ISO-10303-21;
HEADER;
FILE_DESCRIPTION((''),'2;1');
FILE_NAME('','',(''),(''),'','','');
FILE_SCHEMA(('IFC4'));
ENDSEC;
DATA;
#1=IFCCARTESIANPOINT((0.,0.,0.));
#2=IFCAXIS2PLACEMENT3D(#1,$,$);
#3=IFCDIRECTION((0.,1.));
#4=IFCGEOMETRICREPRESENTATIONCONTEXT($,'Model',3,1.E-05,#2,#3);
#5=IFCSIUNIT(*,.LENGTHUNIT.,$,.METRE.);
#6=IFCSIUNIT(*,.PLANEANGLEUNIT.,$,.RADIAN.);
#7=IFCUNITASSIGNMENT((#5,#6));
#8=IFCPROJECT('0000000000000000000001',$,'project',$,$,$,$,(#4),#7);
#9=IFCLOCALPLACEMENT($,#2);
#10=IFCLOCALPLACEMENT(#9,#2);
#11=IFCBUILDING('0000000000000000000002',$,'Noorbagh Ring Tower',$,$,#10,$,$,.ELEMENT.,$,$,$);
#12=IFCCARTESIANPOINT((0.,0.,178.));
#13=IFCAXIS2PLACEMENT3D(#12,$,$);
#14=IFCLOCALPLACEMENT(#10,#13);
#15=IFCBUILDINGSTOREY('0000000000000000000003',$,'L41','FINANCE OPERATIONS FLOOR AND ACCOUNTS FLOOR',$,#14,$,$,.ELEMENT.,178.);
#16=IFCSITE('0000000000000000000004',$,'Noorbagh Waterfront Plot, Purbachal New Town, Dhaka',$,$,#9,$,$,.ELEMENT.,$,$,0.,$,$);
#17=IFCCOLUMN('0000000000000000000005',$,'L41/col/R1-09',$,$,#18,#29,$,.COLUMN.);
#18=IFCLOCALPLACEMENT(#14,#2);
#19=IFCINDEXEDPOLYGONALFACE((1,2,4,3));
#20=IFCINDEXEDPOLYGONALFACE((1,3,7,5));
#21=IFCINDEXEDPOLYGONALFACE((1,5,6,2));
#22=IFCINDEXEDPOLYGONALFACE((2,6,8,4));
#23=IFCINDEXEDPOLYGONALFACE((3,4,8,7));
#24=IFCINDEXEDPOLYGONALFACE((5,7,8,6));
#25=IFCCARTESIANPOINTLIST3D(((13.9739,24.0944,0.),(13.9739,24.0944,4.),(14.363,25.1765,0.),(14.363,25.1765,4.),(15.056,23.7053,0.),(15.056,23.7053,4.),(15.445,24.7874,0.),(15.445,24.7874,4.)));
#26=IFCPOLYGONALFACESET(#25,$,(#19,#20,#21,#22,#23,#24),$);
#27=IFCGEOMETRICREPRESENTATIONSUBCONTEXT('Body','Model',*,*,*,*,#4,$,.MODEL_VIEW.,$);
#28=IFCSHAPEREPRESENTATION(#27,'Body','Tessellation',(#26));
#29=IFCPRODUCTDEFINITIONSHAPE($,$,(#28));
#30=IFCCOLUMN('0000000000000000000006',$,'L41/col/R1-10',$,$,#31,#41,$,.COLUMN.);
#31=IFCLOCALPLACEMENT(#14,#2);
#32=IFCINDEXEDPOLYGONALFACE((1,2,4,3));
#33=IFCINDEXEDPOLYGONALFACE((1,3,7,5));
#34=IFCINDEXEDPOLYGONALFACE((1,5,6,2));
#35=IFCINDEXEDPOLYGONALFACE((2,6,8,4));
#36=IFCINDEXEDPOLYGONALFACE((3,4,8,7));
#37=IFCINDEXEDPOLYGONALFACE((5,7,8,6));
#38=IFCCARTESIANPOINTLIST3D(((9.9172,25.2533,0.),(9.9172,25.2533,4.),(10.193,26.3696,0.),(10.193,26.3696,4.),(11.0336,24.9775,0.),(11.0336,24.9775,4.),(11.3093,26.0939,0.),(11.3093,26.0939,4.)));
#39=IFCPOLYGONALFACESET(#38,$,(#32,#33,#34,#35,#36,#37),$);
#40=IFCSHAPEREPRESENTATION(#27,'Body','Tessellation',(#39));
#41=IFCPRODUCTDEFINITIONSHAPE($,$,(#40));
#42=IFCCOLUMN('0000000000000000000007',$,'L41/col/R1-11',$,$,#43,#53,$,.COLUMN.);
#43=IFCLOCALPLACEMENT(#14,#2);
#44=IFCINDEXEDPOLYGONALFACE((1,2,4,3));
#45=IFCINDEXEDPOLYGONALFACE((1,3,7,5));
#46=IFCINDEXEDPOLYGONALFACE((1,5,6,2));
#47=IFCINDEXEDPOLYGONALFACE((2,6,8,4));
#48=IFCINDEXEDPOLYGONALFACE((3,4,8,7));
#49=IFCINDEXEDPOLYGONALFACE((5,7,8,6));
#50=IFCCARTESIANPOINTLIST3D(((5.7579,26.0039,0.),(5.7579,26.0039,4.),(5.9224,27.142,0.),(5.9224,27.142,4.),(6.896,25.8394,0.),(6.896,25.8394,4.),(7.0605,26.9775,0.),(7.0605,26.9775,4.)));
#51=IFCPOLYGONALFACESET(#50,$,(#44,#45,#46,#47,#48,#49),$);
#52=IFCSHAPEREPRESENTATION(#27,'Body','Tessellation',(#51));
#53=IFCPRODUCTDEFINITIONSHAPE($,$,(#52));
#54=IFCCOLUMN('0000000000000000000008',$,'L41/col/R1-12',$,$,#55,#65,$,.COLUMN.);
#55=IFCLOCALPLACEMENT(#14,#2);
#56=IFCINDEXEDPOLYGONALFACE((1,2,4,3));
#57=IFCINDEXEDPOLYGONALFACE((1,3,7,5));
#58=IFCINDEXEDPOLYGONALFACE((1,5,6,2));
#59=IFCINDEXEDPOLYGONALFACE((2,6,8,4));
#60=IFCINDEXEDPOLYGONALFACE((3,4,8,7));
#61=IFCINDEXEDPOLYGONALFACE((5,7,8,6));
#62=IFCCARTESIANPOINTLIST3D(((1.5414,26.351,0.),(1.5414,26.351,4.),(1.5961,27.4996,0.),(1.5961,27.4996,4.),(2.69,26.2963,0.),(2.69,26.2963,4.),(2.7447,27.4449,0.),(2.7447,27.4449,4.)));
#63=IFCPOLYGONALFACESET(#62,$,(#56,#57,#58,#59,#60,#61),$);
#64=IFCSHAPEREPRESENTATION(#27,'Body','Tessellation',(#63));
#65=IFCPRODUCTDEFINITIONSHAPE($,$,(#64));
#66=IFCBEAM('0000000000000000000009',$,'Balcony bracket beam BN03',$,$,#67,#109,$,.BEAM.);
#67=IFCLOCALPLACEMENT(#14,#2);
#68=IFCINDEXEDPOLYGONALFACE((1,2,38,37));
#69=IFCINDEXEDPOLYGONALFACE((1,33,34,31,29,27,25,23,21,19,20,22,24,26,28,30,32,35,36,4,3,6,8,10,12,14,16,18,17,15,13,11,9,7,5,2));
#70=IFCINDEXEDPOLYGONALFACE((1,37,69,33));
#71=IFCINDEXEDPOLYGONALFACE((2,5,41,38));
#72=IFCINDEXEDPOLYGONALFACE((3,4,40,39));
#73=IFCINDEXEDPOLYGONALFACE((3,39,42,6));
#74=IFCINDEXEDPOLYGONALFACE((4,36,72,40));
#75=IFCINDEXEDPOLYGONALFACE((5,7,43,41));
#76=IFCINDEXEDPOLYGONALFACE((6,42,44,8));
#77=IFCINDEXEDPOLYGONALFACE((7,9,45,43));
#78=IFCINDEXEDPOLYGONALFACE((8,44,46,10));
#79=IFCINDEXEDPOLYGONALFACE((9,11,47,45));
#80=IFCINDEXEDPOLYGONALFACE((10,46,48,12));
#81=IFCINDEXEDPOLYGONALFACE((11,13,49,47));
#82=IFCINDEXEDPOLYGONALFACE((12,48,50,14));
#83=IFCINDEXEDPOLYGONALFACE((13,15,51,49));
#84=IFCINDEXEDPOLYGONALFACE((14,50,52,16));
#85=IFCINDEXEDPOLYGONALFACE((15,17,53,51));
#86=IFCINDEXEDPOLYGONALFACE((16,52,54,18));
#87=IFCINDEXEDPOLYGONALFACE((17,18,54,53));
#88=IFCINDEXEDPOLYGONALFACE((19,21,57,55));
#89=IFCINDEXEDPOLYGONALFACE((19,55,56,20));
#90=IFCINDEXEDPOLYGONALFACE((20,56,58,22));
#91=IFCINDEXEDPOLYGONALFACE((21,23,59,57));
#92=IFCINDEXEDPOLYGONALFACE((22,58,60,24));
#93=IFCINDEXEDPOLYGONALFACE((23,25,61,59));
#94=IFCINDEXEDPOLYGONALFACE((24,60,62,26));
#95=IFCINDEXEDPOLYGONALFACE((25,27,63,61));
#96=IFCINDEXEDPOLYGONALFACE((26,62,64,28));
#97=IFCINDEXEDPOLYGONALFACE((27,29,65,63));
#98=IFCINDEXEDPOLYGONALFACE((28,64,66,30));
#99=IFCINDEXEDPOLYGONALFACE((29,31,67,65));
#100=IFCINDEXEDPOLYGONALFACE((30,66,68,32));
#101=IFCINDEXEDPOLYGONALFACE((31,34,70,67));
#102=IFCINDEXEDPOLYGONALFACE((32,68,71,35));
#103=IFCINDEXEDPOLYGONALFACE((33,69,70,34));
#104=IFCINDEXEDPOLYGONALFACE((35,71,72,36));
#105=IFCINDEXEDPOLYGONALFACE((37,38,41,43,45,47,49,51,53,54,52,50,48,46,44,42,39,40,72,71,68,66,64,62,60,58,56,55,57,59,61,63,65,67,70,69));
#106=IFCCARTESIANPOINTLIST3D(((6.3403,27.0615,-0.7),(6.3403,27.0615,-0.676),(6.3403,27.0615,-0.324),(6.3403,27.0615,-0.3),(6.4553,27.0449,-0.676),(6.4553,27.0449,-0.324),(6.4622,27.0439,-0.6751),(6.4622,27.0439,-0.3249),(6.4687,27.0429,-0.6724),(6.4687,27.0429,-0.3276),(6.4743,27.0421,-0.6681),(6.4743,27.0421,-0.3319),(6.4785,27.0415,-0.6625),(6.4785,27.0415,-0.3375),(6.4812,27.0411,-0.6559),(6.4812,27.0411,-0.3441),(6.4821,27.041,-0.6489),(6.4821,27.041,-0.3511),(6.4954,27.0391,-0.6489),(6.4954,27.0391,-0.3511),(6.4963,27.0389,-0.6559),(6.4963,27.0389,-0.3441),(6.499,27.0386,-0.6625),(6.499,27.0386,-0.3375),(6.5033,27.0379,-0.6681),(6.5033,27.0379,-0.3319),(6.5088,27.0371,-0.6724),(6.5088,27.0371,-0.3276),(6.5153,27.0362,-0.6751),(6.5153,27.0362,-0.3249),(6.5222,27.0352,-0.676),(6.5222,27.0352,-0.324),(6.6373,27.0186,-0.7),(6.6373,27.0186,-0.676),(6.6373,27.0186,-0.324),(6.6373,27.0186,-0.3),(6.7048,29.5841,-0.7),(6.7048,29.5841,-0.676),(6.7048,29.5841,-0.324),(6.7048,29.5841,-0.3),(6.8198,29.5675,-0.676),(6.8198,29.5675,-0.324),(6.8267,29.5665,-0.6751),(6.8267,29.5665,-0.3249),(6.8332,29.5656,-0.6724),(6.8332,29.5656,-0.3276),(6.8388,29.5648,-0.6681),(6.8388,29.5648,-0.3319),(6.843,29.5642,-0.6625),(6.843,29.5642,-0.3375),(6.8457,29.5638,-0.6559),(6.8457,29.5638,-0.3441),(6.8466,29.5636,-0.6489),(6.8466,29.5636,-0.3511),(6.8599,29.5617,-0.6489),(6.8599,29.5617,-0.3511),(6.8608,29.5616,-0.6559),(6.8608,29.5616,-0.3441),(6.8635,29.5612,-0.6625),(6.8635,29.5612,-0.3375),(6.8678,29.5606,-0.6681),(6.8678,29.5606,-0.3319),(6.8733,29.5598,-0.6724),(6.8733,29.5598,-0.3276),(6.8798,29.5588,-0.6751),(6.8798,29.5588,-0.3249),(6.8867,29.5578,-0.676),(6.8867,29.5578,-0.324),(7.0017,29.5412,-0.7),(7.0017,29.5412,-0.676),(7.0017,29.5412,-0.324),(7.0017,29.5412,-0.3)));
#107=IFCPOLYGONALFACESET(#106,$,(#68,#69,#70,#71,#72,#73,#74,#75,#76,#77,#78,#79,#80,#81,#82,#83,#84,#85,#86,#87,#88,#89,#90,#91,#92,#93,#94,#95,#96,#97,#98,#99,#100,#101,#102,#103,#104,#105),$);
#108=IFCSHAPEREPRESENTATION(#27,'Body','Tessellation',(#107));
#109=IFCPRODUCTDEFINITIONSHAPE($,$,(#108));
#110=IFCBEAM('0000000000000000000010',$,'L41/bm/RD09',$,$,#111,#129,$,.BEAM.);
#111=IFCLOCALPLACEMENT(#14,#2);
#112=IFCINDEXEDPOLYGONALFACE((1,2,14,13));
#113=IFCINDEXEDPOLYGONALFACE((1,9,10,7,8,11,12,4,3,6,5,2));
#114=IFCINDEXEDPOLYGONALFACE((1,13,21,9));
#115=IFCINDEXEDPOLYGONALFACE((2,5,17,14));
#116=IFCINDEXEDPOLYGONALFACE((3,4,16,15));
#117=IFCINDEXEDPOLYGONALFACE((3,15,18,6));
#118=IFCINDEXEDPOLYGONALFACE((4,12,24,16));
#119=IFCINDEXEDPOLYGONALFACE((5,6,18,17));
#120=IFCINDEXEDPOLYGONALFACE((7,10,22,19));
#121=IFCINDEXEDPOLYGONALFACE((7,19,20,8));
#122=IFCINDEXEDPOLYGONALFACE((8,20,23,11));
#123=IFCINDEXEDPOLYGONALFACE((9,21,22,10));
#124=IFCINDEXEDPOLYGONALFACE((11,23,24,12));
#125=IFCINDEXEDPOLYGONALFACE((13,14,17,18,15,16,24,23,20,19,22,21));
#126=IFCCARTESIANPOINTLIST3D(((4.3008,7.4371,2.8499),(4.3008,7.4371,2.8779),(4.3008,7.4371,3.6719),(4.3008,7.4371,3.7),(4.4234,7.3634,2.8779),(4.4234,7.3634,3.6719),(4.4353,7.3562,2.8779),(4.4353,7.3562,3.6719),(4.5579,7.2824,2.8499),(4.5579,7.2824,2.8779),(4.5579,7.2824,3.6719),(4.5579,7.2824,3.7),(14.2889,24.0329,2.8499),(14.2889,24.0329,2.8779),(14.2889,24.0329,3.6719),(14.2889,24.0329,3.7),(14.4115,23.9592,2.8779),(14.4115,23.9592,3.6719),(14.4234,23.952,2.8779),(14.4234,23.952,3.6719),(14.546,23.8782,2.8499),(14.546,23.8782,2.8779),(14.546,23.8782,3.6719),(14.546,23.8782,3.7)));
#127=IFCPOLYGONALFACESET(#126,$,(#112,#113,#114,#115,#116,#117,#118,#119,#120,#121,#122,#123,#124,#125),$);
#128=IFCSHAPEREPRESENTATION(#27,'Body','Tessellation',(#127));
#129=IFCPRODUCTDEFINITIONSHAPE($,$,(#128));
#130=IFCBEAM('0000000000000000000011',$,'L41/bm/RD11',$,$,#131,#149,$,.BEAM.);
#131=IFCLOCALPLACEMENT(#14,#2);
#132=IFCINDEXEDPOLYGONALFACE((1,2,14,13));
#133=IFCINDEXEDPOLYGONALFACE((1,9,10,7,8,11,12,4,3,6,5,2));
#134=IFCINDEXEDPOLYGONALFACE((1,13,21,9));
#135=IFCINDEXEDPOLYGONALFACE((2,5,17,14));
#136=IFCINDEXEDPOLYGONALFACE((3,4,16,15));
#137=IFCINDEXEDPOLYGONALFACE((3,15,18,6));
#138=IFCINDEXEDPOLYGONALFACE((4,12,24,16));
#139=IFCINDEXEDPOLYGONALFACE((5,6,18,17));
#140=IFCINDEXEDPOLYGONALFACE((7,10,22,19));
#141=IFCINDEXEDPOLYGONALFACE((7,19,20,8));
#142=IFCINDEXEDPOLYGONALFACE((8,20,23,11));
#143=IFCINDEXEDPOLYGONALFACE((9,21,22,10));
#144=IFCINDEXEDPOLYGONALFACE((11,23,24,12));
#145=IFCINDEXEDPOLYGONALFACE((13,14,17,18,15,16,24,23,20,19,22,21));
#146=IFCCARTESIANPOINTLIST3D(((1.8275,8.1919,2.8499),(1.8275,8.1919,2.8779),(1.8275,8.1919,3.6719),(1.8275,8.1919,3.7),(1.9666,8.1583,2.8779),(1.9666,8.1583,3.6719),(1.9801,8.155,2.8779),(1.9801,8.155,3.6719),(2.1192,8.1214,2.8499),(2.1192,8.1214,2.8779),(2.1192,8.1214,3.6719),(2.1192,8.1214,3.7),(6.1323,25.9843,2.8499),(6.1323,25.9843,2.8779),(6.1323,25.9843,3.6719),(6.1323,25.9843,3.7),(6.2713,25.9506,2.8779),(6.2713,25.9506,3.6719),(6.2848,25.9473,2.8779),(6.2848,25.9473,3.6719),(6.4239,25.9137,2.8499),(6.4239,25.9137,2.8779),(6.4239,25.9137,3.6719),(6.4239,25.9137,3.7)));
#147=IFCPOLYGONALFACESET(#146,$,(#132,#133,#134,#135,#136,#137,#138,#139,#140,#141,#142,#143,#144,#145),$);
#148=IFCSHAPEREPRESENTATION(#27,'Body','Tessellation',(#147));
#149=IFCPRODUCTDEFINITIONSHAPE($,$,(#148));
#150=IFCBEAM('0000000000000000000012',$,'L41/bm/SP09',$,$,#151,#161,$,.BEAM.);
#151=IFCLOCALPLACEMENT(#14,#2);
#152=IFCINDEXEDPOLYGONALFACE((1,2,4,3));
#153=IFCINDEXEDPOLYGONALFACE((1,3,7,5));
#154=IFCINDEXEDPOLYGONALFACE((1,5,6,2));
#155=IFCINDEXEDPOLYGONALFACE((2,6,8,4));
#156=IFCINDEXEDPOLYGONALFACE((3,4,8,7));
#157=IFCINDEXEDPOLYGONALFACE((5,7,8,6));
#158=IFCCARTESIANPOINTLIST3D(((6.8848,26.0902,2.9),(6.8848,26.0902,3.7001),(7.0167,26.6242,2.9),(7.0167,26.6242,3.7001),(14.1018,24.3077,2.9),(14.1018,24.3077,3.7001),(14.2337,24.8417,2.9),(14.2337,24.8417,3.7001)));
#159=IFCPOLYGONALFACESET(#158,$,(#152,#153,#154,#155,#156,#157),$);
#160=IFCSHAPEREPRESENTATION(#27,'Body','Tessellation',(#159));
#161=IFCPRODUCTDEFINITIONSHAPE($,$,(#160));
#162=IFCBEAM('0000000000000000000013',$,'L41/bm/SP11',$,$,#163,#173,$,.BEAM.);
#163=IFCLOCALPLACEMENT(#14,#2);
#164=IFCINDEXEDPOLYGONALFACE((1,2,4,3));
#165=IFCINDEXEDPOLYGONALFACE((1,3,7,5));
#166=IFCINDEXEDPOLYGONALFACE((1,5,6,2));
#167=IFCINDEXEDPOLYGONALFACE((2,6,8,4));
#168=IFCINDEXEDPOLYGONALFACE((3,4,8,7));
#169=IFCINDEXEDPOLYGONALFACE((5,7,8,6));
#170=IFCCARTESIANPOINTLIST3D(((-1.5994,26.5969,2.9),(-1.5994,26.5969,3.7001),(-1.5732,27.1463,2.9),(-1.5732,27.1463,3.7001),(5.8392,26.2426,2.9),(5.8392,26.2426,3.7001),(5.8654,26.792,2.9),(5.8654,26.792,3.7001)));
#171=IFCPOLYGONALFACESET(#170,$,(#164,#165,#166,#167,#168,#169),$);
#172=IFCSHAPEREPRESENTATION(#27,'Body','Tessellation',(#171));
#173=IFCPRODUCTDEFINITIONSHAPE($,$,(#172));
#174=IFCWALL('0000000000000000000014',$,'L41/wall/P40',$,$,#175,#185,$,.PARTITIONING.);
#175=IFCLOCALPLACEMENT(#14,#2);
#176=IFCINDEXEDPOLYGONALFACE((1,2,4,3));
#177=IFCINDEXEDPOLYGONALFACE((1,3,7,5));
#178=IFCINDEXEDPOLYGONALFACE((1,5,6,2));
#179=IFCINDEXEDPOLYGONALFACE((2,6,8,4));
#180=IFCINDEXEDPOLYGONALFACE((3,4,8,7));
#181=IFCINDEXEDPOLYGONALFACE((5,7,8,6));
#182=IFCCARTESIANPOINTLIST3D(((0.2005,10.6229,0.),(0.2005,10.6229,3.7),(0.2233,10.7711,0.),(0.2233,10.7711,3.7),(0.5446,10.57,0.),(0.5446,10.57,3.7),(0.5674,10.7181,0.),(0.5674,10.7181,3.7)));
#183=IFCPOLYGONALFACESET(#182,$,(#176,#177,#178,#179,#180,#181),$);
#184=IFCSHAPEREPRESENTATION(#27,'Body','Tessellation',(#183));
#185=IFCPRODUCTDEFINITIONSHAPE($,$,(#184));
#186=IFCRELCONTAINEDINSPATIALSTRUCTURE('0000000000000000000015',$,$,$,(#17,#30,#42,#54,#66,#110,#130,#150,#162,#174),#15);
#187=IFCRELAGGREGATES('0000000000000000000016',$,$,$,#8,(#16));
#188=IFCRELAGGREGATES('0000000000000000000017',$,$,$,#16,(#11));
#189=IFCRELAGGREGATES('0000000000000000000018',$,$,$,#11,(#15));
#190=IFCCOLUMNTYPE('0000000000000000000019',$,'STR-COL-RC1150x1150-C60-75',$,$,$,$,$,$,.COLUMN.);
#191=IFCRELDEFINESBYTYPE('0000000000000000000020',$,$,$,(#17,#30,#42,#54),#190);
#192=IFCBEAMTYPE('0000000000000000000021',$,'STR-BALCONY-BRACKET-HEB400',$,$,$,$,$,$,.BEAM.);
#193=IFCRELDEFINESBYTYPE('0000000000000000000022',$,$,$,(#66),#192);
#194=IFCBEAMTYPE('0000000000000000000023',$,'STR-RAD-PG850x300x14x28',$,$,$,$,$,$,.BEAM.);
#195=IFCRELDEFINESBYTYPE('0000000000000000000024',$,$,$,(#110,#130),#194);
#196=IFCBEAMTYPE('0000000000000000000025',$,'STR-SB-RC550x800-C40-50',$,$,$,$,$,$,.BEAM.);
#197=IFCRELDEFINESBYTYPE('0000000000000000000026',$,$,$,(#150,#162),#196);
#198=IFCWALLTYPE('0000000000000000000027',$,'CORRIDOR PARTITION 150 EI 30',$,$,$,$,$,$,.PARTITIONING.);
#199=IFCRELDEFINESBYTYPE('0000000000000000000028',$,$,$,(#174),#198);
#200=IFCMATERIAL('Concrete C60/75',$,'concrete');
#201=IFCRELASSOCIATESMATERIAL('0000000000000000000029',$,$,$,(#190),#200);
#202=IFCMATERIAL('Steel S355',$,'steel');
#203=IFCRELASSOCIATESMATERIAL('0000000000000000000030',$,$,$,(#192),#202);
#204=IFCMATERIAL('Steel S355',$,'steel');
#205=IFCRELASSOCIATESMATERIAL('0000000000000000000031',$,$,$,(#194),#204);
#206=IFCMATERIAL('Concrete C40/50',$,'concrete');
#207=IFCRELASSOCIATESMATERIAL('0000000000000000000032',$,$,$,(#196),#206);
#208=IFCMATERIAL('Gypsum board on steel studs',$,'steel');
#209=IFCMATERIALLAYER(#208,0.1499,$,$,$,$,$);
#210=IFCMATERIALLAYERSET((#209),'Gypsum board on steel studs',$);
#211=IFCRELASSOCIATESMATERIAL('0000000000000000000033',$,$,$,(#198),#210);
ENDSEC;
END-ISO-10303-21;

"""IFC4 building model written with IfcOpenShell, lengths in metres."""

from ifc_helpers import new_model, si_unit, direction, frame, frame_2d, origin, origin_2d, place, context, subcontext, project, spatial, rectangle, i_section, extrude, material, layer, layer_set, material_profile, profile_set, type_object, element, save


model = new_model("IFC4")

# Units and contexts
model_context = context("Model", 3, precision=1e-05, world=origin(), true_north=direction((0.0, 1.0)))
body_context = subcontext(model_context, "Body", "Model", "MODEL_VIEW")
ifc_project = project(units=[si_unit("LENGTHUNIT", "METRE"), si_unit("PLANEANGLEUNIT", "RADIAN")], contexts=[model_context])

# Site, building, storey
site_placement = place(None, origin())
site = spatial("IfcSite", under=ifc_project, at=site_placement, Name="Noorbagh Waterfront Plot, Purbachal New Town, Dhaka", CompositionType="ELEMENT", RefElevation=0.0)
building_placement = place(site_placement, origin())
building = spatial("IfcBuilding", under=site, at=building_placement, Name="Noorbagh Ring Tower", CompositionType="ELEMENT")
storey_placement = place(building_placement, frame((0.0, 0.0, 178.0)))
storey = spatial("IfcBuildingStorey", under=building, at=storey_placement, Name="L41", Description="FINANCE OPERATIONS FLOOR AND ACCOUNTS FLOOR", CompositionType="ELEMENT", Elevation=178.0)

# Columns
ifc_material_1 = material(Name="Concrete C60/75", Category="concrete")
ifc_material_profile_1 = material_profile(ifc_material_1, rectangle(XDim=1.1499, YDim=1.1499, at=origin_2d()), Name="RC1150x1150")
ifc_profile_set_1 = profile_set([ifc_material_profile_1], Name="Concrete C60/75")
column_type = type_object("IfcColumnType", Name="STR-COL-RC1150x1150-C60-75", PredefinedType="COLUMN", material=ifc_profile_set_1)
for number, where, z_axis, x_axis, name in (
    (1, (14.7095, 24.4409, 0.0), (0.0, 0.0, 1.0), (-0.941025, 0.338338, 0.0), "L41/col/R1-09"),
    (2, (10.6133, 25.6736, 0.0), (0.0, 0.0, 1.0), (-0.970829, 0.239771, 0.0), "L41/col/R1-10"),
    (3, (6.4092, 26.4907, 0.0), (0.0, 0.0, 1.0), (-0.989713, 0.143066, 0.0), "L41/col/R1-11"),
    (4, (2.1431, 26.8979, 0.0), (0.0, 0.0, 1.0), (-0.998869, 0.047553, 0.0), "L41/col/R1-12"),
):
    element("IfcColumn", number, at=place(storey_placement, frame(where, z_axis=z_axis, x_axis=x_axis)), inside=storey, type_object=column_type, Name=name, PredefinedType="COLUMN", context=body_context, shape_type="SweptSolid", body=[
        extrude(rectangle(XDim=1.1499, YDim=1.1499, at=origin_2d()), origin(), (0.0, 0.0, 1.0), 4.0),
    ])

# Beams
ifc_material_2 = material(Name="Steel S355", Category="steel")
ifc_material_profile_2 = material_profile(ifc_material_2, i_section(OverallWidth=0.3, OverallDepth=0.3999, WebThickness=0.0134, FlangeThickness=0.0239, FilletRadius=0.0271, at=origin_2d()), Name="HEB400")
ifc_profile_set_2 = profile_set([ifc_material_profile_2], Name="Steel S355")
beam_type_1 = type_object("IfcBeamType", Name="STR-BALCONY-BRACKET-HEB400", PredefinedType="BEAM", material=ifc_profile_set_2)
beam_1_placement = place(storey_placement, frame((6.4888, 27.04, -0.5), z_axis=(0.143004, 0.989722, 0.0), x_axis=(-0.989722, 0.143004, 0.0)))
element("IfcBeam", 5, at=beam_1_placement, inside=storey, type_object=beam_type_1, Name="Balcony bracket beam BN03", PredefinedType="BEAM", context=body_context, shape_type="SweptSolid", body=[
    extrude(i_section(OverallWidth=0.3, OverallDepth=0.3999, WebThickness=0.0134, FlangeThickness=0.0239, FilletRadius=0.0271, at=origin_2d()), origin(), (0.0, 0.0, 1.0), 2.5488),
])
ifc_material_3 = material(Name="Steel S355", Category="steel")
ifc_material_profile_3 = material_profile(ifc_material_3, i_section(OverallWidth=0.3, OverallDepth=0.8501, WebThickness=0.0139, FlangeThickness=0.0281, at=origin_2d()), Name="PG850x300x14x28")
ifc_profile_set_3 = profile_set([ifc_material_profile_3], Name="Steel S355")
beam_type_2 = type_object("IfcBeamType", Name="STR-RAD-PG850x300x14x28", PredefinedType="BEAM", material=ifc_profile_set_3)
beam_2_placement = place(storey_placement, frame((14.4175, 23.9556, 3.2749), z_axis=(-0.515657, -0.856795, 0.0), x_axis=(0.856795, -0.515657, 0.0)))
element("IfcBeam", 6, at=beam_2_placement, inside=storey, type_object=beam_type_2, Name="L41/bm/RD09", PredefinedType="BEAM", context=body_context, shape_type="SweptSolid", body=[
    extrude(i_section(OverallWidth=0.3, OverallDepth=0.8501, WebThickness=0.0139, FlangeThickness=0.0281, at=origin_2d()), origin(), (0.0, 0.0, 1.0), 19.3696),
])
beam_3_placement = place(storey_placement, frame((6.2781, 25.949, 3.2749), z_axis=(-0.235157, -0.971957, 0.0), x_axis=(0.971957, -0.235157, 0.0)))
element("IfcBeam", 7, at=beam_3_placement, inside=storey, type_object=beam_type_2, Name="L41/bm/RD11", PredefinedType="BEAM", context=body_context, shape_type="SweptSolid", body=[
    extrude(i_section(OverallWidth=0.3, OverallDepth=0.8501, WebThickness=0.0139, FlangeThickness=0.0281, at=origin_2d()), origin(), (0.0, 0.0, 1.0), 18.3057),
])
ifc_material_4 = material(Name="Concrete C40/50", Category="concrete")
ifc_material_profile_4 = material_profile(ifc_material_4, rectangle(XDim=0.55, YDim=0.8, at=origin_2d()), Name="RC550x800")
ifc_profile_set_4 = profile_set([ifc_material_profile_4], Name="Concrete C40/50")
beam_type_3 = type_object("IfcBeamType", Name="STR-SB-RC550x800-C40-50", PredefinedType="BEAM", material=ifc_profile_set_4)
beam_4_placement = place(storey_placement, frame((14.1677, 24.5747, 3.3), z_axis=(-0.970828, 0.239776, 0.0), x_axis=(-0.239776, -0.970828, 0.0)))
element("IfcBeam", 8, at=beam_4_placement, inside=storey, type_object=beam_type_3, Name="L41/bm/SP09", PredefinedType="BEAM", context=body_context, shape_type="SweptSolid", body=[
    extrude(rectangle(XDim=0.55, YDim=0.8, at=origin_2d()), origin(), (0.0, 0.0, 1.0), 7.4338),
])
beam_5_placement = place(storey_placement, frame((5.8523, 26.5173, 3.3), z_axis=(-0.998868, 0.04757, 0.0), x_axis=(-0.04757, -0.998868, 0.0)))
element("IfcBeam", 9, at=beam_5_placement, inside=storey, type_object=beam_type_3, Name="L41/bm/SP11", PredefinedType="BEAM", context=body_context, shape_type="SweptSolid", body=[
    extrude(rectangle(XDim=0.55, YDim=0.8, at=origin_2d()), origin(), (0.0, 0.0, 1.0), 7.447),
])

# Wall
ifc_material_5 = material(Name="Gypsum board on steel studs", Category="steel")
ifc_layer_1 = layer(ifc_material_5, 0.1499)
ifc_layer_set_1 = layer_set([ifc_layer_1], Name="Gypsum board on steel studs")
wall_type_1 = type_object("IfcWallType", Name="CORRIDOR PARTITION 150 EI 30", PredefinedType="PARTITIONING", material=ifc_layer_set_1)
wall_1_placement = place(storey_placement, frame((0.2119, 10.697, 0.0), z_axis=(0.0, 0.0, 1.0), x_axis=(0.988347, -0.152215, 0.0)))
element("IfcWall", 10, at=wall_1_placement, inside=storey, type_object=wall_type_1, Name="L41/wall/P40", PredefinedType="PARTITIONING", context=body_context, shape_type="SweptSolid", body=[
    extrude(rectangle(XDim=0.3481, YDim=0.1499, at=frame_2d((0.1741, 0.0))), origin(), (0.0, 0.0, 1.0), 3.7),
])

save(model, "model.ifc")
